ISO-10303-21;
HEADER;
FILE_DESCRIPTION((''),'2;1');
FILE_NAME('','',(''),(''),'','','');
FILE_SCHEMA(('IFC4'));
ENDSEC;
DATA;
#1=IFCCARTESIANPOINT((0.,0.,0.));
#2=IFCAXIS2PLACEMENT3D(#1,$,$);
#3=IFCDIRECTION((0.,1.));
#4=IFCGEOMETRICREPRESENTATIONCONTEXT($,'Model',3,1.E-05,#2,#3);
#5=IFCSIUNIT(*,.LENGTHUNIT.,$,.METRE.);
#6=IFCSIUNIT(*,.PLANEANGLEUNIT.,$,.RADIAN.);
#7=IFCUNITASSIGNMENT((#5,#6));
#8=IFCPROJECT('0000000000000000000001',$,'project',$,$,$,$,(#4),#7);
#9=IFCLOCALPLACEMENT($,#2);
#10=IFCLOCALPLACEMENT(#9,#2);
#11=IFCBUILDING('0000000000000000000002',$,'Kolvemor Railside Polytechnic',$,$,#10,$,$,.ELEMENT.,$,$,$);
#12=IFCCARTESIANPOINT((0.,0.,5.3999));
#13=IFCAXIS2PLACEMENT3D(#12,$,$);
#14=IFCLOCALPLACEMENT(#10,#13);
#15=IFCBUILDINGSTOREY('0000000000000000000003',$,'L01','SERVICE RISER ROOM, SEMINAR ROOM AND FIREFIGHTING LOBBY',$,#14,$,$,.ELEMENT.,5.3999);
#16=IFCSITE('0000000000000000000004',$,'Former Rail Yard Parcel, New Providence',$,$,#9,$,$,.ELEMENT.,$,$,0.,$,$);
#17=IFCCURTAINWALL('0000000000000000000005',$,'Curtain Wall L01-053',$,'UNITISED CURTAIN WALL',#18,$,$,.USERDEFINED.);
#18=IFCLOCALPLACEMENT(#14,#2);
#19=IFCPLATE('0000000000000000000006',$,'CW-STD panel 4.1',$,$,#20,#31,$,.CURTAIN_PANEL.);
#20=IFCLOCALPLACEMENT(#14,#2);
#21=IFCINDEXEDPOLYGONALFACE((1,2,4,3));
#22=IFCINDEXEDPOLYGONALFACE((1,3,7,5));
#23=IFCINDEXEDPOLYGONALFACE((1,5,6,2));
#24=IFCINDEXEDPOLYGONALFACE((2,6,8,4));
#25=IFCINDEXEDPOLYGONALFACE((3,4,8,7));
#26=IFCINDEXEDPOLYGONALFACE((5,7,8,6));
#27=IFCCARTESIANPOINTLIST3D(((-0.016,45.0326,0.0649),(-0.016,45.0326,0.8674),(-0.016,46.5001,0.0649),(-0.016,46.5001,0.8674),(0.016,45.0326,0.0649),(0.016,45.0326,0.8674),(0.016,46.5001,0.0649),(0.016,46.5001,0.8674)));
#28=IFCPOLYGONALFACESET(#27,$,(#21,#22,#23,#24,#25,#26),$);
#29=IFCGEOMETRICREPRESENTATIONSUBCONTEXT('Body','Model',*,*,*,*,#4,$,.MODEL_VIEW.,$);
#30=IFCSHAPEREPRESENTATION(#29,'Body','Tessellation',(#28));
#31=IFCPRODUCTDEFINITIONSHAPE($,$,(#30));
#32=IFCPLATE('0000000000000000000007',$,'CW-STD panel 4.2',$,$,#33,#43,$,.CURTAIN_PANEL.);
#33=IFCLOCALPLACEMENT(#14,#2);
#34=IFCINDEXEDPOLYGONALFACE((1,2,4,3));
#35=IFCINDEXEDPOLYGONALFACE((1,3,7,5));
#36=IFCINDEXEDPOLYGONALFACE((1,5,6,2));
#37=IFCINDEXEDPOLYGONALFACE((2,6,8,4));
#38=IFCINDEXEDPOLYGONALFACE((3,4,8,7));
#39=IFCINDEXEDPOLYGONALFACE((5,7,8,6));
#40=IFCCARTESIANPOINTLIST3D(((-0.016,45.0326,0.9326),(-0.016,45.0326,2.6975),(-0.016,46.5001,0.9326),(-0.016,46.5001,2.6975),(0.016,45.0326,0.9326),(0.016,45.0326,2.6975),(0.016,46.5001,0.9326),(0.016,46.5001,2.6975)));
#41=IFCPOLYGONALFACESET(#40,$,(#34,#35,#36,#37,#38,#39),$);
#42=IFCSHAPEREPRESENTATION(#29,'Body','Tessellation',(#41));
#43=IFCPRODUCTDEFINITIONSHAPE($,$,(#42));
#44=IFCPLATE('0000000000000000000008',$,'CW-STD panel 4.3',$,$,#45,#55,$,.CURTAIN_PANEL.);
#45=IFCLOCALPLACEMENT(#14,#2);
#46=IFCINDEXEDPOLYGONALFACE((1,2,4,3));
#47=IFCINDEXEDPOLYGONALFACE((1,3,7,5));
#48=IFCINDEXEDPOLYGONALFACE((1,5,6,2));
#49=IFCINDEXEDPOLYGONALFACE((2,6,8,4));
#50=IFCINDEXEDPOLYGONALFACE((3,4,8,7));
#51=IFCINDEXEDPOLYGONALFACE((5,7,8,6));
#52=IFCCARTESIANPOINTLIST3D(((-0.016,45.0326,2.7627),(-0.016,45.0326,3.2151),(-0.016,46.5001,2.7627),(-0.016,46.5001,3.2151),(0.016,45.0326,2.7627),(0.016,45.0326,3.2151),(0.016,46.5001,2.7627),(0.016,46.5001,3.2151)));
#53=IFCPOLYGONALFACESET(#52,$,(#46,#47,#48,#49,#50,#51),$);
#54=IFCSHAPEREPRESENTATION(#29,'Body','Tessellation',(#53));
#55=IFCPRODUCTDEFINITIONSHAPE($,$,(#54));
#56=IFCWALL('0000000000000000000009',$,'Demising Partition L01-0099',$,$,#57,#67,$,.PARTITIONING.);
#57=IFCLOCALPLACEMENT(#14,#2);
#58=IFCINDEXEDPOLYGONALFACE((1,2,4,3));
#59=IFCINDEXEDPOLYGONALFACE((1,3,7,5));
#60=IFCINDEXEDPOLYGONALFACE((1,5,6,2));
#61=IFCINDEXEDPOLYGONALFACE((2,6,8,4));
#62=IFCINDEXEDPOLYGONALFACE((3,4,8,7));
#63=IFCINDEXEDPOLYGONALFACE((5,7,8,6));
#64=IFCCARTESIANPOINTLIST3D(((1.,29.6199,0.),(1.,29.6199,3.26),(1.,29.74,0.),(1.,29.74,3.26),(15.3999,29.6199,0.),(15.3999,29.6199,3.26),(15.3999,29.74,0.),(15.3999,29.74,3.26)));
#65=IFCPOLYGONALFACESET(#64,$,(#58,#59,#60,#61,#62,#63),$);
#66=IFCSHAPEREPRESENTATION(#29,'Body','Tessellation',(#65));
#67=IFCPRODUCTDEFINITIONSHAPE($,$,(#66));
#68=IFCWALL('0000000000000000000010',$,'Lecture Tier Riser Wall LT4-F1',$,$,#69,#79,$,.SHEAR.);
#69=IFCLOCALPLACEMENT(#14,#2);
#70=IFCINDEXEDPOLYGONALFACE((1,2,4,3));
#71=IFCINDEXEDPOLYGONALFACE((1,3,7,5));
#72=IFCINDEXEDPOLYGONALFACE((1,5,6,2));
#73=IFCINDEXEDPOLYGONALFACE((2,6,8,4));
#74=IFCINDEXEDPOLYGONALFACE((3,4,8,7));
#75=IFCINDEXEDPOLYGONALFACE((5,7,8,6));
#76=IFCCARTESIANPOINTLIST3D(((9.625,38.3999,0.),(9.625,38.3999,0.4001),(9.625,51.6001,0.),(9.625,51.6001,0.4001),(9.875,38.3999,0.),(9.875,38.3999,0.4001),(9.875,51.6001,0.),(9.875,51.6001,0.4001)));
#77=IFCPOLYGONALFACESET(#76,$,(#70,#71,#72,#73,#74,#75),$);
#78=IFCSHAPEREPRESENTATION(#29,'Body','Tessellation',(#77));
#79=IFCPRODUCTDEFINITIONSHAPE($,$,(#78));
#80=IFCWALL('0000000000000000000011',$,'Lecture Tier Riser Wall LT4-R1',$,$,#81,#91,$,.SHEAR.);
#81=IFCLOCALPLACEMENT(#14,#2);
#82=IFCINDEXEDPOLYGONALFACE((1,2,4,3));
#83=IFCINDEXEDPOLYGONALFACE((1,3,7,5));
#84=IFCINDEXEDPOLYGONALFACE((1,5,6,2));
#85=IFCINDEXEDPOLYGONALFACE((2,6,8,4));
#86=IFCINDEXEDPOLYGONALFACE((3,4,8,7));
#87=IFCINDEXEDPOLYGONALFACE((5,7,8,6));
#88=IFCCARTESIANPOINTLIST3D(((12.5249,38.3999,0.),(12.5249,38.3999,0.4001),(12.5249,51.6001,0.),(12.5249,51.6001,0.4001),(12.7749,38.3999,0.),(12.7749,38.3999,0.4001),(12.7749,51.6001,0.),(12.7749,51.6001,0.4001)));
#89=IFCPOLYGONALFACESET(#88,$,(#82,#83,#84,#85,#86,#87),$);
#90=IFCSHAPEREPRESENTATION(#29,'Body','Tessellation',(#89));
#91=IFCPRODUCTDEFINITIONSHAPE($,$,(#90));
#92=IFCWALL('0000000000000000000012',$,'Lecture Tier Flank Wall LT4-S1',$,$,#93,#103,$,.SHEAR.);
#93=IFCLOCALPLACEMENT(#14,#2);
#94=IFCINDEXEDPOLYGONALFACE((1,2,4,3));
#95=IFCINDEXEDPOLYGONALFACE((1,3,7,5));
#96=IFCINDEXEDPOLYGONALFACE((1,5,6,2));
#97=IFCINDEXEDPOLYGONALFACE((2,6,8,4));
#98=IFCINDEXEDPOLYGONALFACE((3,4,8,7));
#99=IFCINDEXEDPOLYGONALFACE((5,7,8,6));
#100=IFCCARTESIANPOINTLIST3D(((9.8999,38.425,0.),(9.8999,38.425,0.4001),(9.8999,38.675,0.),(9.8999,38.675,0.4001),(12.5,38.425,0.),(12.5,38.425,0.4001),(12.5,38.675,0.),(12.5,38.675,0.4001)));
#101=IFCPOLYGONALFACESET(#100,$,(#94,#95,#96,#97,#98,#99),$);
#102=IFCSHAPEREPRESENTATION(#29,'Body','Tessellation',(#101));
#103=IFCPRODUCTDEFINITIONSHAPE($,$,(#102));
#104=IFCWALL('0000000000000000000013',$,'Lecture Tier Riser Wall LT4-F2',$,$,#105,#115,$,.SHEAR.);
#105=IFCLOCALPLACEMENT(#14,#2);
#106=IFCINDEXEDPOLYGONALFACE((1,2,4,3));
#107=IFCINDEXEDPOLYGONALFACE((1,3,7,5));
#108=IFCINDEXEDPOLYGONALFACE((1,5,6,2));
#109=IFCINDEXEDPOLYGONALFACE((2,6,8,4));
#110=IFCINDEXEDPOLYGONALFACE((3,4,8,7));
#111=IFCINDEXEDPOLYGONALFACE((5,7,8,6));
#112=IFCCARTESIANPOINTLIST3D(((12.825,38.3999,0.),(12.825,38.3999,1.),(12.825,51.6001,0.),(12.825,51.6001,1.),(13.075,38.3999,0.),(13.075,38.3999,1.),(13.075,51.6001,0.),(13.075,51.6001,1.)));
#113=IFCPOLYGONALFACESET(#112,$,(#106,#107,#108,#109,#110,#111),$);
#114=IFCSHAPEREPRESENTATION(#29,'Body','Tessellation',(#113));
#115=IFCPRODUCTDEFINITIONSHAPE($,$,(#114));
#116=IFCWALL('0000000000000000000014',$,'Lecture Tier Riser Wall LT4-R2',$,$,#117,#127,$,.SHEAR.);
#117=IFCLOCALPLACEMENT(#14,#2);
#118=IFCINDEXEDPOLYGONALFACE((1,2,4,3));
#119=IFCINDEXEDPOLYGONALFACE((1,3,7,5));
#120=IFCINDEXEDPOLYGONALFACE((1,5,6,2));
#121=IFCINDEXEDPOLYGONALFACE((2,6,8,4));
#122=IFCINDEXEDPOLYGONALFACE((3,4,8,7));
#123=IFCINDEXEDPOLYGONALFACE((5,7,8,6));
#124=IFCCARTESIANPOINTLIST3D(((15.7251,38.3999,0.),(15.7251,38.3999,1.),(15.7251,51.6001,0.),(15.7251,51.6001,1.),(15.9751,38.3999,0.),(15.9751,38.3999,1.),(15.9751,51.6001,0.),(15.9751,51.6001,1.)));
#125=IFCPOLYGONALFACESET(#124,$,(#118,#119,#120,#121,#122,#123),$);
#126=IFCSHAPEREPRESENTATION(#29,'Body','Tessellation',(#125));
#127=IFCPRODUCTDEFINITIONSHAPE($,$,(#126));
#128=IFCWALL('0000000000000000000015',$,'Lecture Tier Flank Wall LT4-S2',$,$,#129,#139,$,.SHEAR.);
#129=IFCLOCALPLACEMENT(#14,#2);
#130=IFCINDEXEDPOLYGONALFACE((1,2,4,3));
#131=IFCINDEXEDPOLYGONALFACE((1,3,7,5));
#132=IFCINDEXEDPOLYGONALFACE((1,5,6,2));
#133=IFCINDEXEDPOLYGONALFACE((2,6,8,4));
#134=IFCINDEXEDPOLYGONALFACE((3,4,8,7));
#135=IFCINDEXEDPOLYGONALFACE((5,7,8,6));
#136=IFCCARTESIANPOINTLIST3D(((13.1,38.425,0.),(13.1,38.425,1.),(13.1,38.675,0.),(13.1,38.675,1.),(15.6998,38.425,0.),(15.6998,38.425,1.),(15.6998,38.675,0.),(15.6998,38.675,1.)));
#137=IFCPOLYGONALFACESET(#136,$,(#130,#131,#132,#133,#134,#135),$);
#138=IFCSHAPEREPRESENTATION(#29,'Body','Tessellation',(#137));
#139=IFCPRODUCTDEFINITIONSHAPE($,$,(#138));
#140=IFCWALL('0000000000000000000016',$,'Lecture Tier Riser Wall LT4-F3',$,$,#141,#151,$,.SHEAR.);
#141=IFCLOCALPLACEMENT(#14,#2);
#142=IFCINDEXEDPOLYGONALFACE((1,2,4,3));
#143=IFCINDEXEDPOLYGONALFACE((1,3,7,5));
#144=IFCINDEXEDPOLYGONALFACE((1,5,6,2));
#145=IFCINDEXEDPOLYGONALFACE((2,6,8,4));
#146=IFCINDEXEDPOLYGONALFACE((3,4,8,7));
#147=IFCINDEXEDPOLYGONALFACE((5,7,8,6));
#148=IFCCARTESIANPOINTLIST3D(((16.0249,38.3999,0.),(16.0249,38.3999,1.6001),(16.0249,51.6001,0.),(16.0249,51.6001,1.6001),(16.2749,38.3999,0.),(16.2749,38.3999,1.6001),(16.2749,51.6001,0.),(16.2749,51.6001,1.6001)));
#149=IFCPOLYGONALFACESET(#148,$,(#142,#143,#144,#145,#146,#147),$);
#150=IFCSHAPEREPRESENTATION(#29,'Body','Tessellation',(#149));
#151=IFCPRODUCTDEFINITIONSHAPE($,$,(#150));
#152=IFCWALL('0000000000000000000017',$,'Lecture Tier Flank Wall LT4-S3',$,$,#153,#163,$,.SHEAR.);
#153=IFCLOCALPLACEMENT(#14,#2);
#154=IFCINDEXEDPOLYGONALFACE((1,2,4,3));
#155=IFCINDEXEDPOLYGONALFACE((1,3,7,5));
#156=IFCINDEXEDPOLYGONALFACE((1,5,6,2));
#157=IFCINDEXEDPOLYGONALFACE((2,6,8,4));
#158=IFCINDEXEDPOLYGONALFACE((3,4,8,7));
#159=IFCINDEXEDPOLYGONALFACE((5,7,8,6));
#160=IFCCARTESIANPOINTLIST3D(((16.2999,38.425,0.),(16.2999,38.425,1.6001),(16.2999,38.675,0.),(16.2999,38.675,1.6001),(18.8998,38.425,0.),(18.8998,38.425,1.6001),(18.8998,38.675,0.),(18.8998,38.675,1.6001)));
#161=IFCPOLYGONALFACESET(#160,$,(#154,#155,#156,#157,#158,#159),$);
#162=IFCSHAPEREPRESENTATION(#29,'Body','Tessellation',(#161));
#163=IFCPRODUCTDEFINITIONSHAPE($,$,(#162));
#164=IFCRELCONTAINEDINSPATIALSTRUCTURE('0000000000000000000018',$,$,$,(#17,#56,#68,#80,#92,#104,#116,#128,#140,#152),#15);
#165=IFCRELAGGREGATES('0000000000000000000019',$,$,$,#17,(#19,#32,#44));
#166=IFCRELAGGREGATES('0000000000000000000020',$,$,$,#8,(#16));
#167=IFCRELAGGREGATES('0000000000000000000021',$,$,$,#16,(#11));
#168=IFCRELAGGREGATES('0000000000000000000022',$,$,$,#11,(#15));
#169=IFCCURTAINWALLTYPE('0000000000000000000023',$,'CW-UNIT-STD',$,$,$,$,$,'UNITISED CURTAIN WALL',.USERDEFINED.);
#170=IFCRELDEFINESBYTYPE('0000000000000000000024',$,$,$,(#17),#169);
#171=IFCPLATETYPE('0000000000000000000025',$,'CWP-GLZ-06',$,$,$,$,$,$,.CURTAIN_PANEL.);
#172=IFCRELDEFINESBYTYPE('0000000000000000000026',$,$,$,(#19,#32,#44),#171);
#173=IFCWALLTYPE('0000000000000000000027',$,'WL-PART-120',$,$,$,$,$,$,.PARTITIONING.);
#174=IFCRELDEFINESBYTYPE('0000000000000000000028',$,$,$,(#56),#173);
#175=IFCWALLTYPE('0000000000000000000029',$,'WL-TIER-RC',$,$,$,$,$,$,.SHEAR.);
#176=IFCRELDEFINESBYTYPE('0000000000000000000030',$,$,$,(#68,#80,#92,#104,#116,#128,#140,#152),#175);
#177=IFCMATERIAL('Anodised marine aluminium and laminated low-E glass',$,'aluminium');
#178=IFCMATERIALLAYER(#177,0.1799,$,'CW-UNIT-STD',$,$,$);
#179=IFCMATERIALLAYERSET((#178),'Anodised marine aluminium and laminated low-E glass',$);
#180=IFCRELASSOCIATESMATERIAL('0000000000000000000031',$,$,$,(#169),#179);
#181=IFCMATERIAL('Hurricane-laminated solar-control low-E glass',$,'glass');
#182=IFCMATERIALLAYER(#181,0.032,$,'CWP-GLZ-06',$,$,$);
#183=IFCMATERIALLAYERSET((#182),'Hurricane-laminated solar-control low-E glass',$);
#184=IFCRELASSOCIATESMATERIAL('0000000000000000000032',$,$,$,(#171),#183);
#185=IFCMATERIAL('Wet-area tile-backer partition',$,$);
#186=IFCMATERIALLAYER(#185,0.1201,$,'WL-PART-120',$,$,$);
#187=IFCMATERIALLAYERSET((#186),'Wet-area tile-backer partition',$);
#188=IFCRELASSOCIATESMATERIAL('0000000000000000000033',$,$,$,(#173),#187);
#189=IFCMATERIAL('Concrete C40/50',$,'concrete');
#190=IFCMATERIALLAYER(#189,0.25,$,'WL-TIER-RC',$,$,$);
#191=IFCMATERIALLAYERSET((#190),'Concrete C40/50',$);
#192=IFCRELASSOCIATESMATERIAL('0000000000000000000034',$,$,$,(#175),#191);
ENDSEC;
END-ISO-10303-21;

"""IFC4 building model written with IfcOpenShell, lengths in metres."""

from ifc_helpers import new_model, si_unit, direction, frame, frame_2d, origin, origin_2d, place, context, subcontext, project, spatial, rectangle, extrude, material, layer, layer_set, type_object, element, aggregate, save


model = new_model("IFC4")

# Units and contexts
model_context = context("Model", 3, precision=1e-05, world=origin(), true_north=direction((0.0, 1.0)))
body_context = subcontext(model_context, "Body", "Model", "MODEL_VIEW")
ifc_project = project(units=[si_unit("LENGTHUNIT", "METRE"), si_unit("PLANEANGLEUNIT", "RADIAN")], contexts=[model_context])

# Site, building, storey
site_placement = place(None, origin())
site = spatial("IfcSite", under=ifc_project, at=site_placement, Name="Former Rail Yard Parcel, New Providence", CompositionType="ELEMENT", RefElevation=0.0)
building_placement = place(site_placement, origin())
building = spatial("IfcBuilding", under=site, at=building_placement, Name="Kolvemor Railside Polytechnic", CompositionType="ELEMENT")
storey_placement = place(building_placement, frame((0.0, 0.0, 5.3999)))
storey = spatial("IfcBuildingStorey", under=building, at=storey_placement, Name="L01", Description="SERVICE RISER ROOM, SEMINAR ROOM AND FIREFIGHTING LOBBY", CompositionType="ELEMENT", Elevation=5.3999)

# Curtain wall, plates
ifc_material_1 = material(Name="Anodised marine aluminium and laminated low-E glass", Category="aluminium")
ifc_layer_1 = layer(ifc_material_1, 0.1799, Name="CW-UNIT-STD")
ifc_layer_set_1 = layer_set([ifc_layer_1], Name="Anodised marine aluminium and laminated low-E glass")
curtain_wall_type = type_object("IfcCurtainWallType", Name="CW-UNIT-STD", ElementType="UNITISED CURTAIN WALL", PredefinedType="USERDEFINED", material=ifc_layer_set_1)
curtain_wall_placement = place(storey_placement, origin())
curtain_wall = element("IfcCurtainWall", 1, at=curtain_wall_placement, inside=storey, type_object=curtain_wall_type, Name="Curtain Wall L01-053", ObjectType="UNITISED CURTAIN WALL", PredefinedType="USERDEFINED")
ifc_material_2 = material(Name="Hurricane-laminated solar-control low-E glass", Category="glass")
ifc_layer_2 = layer(ifc_material_2, 0.032, Name="CWP-GLZ-06")
ifc_layer_set_2 = layer_set([ifc_layer_2], Name="Hurricane-laminated solar-control low-E glass")
plate_type = type_object("IfcPlateType", Name="CWP-GLZ-06", PredefinedType="CURTAIN_PANEL", material=ifc_layer_set_2)
plate_1_placement = place(storey_placement, frame((0.0, 45.7664, 0.0649), z_axis=(0.0, 0.0, 1.0), x_axis=(0.0, -1.0, 0.0)))
plate_1 = element("IfcPlate", 2, at=plate_1_placement, type_object=plate_type, Name="CW-STD panel 4.1", PredefinedType="CURTAIN_PANEL", context=body_context, shape_type="SweptSolid", body=[
    extrude(rectangle(XDim=1.4675, YDim=0.032, at=origin_2d()), origin(), (0.0, 0.0, 1.0), 0.8025),
])
plate_2_placement = place(storey_placement, frame((0.0, 45.7664, 0.9326), z_axis=(0.0, 0.0, 1.0), x_axis=(0.0, -1.0, 0.0)))
plate_2 = element("IfcPlate", 3, at=plate_2_placement, type_object=plate_type, Name="CW-STD panel 4.2", PredefinedType="CURTAIN_PANEL", context=body_context, shape_type="SweptSolid", body=[
    extrude(rectangle(XDim=1.4675, YDim=0.032, at=origin_2d()), origin(), (0.0, 0.0, 1.0), 1.7649),
])
plate_3_placement = place(storey_placement, frame((0.0, 45.7664, 2.7627), z_axis=(0.0, 0.0, 1.0), x_axis=(0.0, -1.0, 0.0)))
plate_3 = element("IfcPlate", 4, at=plate_3_placement, type_object=plate_type, Name="CW-STD panel 4.3", PredefinedType="CURTAIN_PANEL", context=body_context, shape_type="SweptSolid", body=[
    extrude(rectangle(XDim=1.4675, YDim=0.032, at=origin_2d()), origin(), (0.0, 0.0, 1.0), 0.4524),
])
aggregate(curtain_wall, [plate_1, plate_2, plate_3])

# Walls
ifc_material_3 = material(Name="Wet-area tile-backer partition")
ifc_layer_3 = layer(ifc_material_3, 0.1201, Name="WL-PART-120")
ifc_layer_set_3 = layer_set([ifc_layer_3], Name="Wet-area tile-backer partition")
wall_type_1 = type_object("IfcWallType", Name="WL-PART-120", PredefinedType="PARTITIONING", material=ifc_layer_set_3)
wall_1_placement = place(storey_placement, frame((1.0, 29.6799, 0.0), z_axis=(0.0, 0.0, 1.0), x_axis=(1.0, 0.0, 0.0)))
element("IfcWall", 5, at=wall_1_placement, inside=storey, type_object=wall_type_1, Name="Demising Partition L01-0099", PredefinedType="PARTITIONING", context=body_context, shape_type="SweptSolid", body=[
    extrude(rectangle(XDim=14.3999, YDim=0.1201, at=frame_2d((7.2, 0.0))), origin(), (0.0, 0.0, 1.0), 3.26),
])
ifc_material_4 = material(Name="Concrete C40/50", Category="concrete")
ifc_layer_4 = layer(ifc_material_4, 0.25, Name="WL-TIER-RC")
ifc_layer_set_4 = layer_set([ifc_layer_4], Name="Concrete C40/50")
wall_type_2 = type_object("IfcWallType", Name="WL-TIER-RC", PredefinedType="SHEAR", material=ifc_layer_set_4)
for number, where, z_axis, x_axis, name in (
    (6, (9.75, 38.3999, 0.0), (0.0, 0.0, 1.0), (0.0, 1.0, 0.0), "Lecture Tier Riser Wall LT4-F1"),
    (7, (12.6499, 38.3999, 0.0), (0.0, 0.0, 1.0), (0.0, 1.0, 0.0), "Lecture Tier Riser Wall LT4-R1"),
):
    element("IfcWall", number, at=place(storey_placement, frame(where, z_axis=z_axis, x_axis=x_axis)), inside=storey, type_object=wall_type_2, Name=name, PredefinedType="SHEAR", context=body_context, shape_type="SweptSolid", body=[
        extrude(rectangle(XDim=13.2002, YDim=0.25, at=frame_2d((6.6001, 0.0))), origin(), (0.0, 0.0, 1.0), 0.4001),
    ])
wall_2_placement = place(storey_placement, frame((9.8999, 38.55, 0.0), z_axis=(0.0, 0.0, 1.0), x_axis=(1.0, 0.0, 0.0)))
element("IfcWall", 8, at=wall_2_placement, inside=storey, type_object=wall_type_2, Name="Lecture Tier Flank Wall LT4-S1", PredefinedType="SHEAR", context=body_context, shape_type="SweptSolid", body=[
    extrude(rectangle(XDim=2.6001, YDim=0.25, at=frame_2d((1.3, 0.0))), origin(), (0.0, 0.0, 1.0), 0.4001),
])
for number, where, z_axis, x_axis, name in (
    (9, (12.95, 38.3999, 0.0), (0.0, 0.0, 1.0), (0.0, 1.0, 0.0), "Lecture Tier Riser Wall LT4-F2"),
    (10, (15.8501, 38.3999, 0.0), (0.0, 0.0, 1.0), (0.0, 1.0, 0.0), "Lecture Tier Riser Wall LT4-R2"),
):
    element("IfcWall", number, at=place(storey_placement, frame(where, z_axis=z_axis, x_axis=x_axis)), inside=storey, type_object=wall_type_2, Name=name, PredefinedType="SHEAR", context=body_context, shape_type="SweptSolid", body=[
        extrude(rectangle(XDim=13.2002, YDim=0.25, at=frame_2d((6.6001, 0.0))), origin(), (0.0, 0.0, 1.0), 1.0),
    ])
wall_3_placement = place(storey_placement, frame((13.1001, 38.55, 0.0), z_axis=(0.0, 0.0, 1.0), x_axis=(1.0, 0.0, 0.0)))
element("IfcWall", 11, at=wall_3_placement, inside=storey, type_object=wall_type_2, Name="Lecture Tier Flank Wall LT4-S2", PredefinedType="SHEAR", context=body_context, shape_type="SweptSolid", body=[
    extrude(rectangle(XDim=2.5999, YDim=0.25, at=frame_2d((1.2998, 0.0))), origin(), (0.0, 0.0, 1.0), 1.0),
])
wall_4_placement = place(storey_placement, frame((16.1499, 38.3999, 0.0), z_axis=(0.0, 0.0, 1.0), x_axis=(0.0, 1.0, 0.0)))
element("IfcWall", 12, at=wall_4_placement, inside=storey, type_object=wall_type_2, Name="Lecture Tier Riser Wall LT4-F3", PredefinedType="SHEAR", context=body_context, shape_type="SweptSolid", body=[
    extrude(rectangle(XDim=13.2002, YDim=0.25, at=frame_2d((6.6001, 0.0))), origin(), (0.0, 0.0, 1.0), 1.6001),
])
wall_5_placement = place(storey_placement, frame((16.3, 38.55, 0.0), z_axis=(0.0, 0.0, 1.0), x_axis=(1.0, 0.0, 0.0)))
element("IfcWall", 13, at=wall_5_placement, inside=storey, type_object=wall_type_2, Name="Lecture Tier Flank Wall LT4-S3", PredefinedType="SHEAR", context=body_context, shape_type="SweptSolid", body=[
    extrude(rectangle(XDim=2.5999, YDim=0.25, at=frame_2d((1.2998, 0.0))), origin(), (0.0, 0.0, 1.0), 1.6001),
])

save(model, "model.ifc")
